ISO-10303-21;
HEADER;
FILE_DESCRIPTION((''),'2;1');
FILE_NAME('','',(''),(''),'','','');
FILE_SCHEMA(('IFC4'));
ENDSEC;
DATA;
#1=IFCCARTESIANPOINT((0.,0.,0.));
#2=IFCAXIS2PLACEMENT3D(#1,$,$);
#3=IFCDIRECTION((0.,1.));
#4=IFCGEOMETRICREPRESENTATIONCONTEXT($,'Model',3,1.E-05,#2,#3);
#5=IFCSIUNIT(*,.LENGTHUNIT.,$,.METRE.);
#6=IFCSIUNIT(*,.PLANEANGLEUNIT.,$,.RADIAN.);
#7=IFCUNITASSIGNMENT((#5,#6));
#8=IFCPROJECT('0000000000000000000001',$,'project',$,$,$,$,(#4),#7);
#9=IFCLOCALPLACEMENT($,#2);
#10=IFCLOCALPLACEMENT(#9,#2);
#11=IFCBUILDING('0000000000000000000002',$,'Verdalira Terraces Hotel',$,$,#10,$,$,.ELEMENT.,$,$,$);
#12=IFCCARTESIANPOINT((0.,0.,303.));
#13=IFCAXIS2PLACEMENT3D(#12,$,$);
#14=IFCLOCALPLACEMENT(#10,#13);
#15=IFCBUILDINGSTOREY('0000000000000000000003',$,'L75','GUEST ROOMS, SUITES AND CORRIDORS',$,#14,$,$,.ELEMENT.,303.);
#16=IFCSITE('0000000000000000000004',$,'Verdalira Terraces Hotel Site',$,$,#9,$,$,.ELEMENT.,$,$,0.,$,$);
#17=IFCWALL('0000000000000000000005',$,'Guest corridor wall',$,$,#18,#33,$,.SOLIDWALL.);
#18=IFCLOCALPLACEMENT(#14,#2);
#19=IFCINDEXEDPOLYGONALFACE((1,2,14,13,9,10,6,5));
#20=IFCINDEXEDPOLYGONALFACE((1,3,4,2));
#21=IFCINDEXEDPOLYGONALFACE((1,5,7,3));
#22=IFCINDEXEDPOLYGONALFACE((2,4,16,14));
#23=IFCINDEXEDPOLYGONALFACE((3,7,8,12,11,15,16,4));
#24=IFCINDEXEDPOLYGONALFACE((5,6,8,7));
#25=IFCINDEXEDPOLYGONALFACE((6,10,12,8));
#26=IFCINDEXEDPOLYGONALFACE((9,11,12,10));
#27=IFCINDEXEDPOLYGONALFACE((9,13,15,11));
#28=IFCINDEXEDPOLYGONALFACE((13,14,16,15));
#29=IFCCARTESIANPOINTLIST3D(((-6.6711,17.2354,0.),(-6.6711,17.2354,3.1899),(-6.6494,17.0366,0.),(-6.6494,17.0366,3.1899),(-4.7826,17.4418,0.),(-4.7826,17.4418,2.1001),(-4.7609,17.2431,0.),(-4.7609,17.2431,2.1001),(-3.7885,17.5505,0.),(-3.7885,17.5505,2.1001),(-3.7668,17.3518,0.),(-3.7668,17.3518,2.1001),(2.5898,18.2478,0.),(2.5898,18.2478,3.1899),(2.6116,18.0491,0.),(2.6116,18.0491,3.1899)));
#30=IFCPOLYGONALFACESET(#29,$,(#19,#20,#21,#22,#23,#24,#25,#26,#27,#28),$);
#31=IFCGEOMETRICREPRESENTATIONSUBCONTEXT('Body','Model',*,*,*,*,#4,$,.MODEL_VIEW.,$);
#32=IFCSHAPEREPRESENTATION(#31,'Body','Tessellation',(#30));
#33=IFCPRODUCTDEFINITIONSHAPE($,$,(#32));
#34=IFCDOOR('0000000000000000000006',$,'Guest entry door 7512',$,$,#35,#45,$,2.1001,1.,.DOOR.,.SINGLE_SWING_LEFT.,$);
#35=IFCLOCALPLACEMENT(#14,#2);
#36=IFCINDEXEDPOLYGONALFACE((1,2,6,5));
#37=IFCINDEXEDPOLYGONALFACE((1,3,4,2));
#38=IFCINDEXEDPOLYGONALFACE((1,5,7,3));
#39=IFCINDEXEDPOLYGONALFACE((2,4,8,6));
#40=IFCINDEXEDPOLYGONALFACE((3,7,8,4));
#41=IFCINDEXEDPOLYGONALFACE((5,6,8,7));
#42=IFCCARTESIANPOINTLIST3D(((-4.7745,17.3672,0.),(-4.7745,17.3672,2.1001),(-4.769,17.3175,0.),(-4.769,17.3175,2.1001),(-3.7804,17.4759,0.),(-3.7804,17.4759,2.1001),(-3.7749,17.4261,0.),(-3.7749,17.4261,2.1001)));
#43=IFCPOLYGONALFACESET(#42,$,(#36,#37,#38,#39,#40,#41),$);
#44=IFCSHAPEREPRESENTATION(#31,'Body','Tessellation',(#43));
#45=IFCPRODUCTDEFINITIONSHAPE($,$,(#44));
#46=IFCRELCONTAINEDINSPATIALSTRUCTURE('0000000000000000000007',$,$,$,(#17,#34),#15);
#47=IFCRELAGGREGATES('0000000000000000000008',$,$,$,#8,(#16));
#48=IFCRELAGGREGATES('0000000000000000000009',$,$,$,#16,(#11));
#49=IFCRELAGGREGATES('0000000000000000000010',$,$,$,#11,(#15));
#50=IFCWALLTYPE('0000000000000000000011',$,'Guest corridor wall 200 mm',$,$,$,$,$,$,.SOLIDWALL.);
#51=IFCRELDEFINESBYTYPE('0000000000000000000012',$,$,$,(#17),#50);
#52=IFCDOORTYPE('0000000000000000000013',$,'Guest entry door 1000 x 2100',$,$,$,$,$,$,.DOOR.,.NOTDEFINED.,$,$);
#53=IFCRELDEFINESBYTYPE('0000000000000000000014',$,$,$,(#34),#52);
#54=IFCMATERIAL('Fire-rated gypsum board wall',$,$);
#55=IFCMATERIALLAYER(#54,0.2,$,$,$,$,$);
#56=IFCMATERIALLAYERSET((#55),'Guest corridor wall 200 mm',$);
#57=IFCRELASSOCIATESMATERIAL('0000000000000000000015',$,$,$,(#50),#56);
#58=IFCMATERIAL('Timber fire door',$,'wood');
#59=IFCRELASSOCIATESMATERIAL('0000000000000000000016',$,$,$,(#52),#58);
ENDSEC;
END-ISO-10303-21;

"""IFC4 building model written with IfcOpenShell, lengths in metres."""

from ifc_helpers import new_model, si_unit, direction, frame, frame_2d, origin, place, context, subcontext, project, spatial, rectangle, extrude, material, layer, layer_set, type_object, element, fill, save


model = new_model("IFC4")

# Units and contexts
model_context = context("Model", 3, precision=1e-05, world=origin(), true_north=direction((0.0, 1.0)))
body_context = subcontext(model_context, "Body", "Model", "MODEL_VIEW")
ifc_project = project(units=[si_unit("LENGTHUNIT", "METRE"), si_unit("PLANEANGLEUNIT", "RADIAN")], contexts=[model_context])

# Site, building, storey
site_placement = place(None, origin())
site = spatial("IfcSite", under=ifc_project, at=site_placement, Name="Verdalira Terraces Hotel Site", CompositionType="ELEMENT", RefElevation=0.0)
building_placement = place(site_placement, origin())
building = spatial("IfcBuilding", under=site, at=building_placement, Name="Verdalira Terraces Hotel", CompositionType="ELEMENT")
storey_placement = place(building_placement, frame((0.0, 0.0, 303.0)))
storey = spatial("IfcBuildingStorey", under=building, at=storey_placement, Name="L75", Description="GUEST ROOMS, SUITES AND CORRIDORS", CompositionType="ELEMENT", Elevation=303.0)

# Wall, opening, door
ifc_material_1 = material(Name="Fire-rated gypsum board wall")
ifc_layer_1 = layer(ifc_material_1, 0.2)
ifc_layer_set_1 = layer_set([ifc_layer_1], Name="Guest corridor wall 200 mm")
wall_type_1 = type_object("IfcWallType", Name="Guest corridor wall 200 mm", PredefinedType="SOLIDWALL", material=ifc_layer_set_1)
wall_1_placement = place(storey_placement, frame((-6.6604, 17.136, 0.0), z_axis=(0.0, 0.0, 1.0), x_axis=(0.994077, 0.108677, 0.0)))
wall_1 = element("IfcWall", 1, at=wall_1_placement, inside=storey, type_object=wall_type_1, Name="Guest corridor wall", PredefinedType="SOLIDWALL", context=body_context, shape_type="SweptSolid", body=[
    extrude(rectangle(XDim=9.3162, YDim=0.2, at=frame_2d((4.6582, 0.0))), origin(), (0.0, 0.0, 1.0), 3.1899),
])
opening_1_placement = place(wall_1_placement, frame((1.8999, 0.0, 0.0)))
opening_1 = element("IfcOpeningElement", 2, at=opening_1_placement, cuts=wall_1, PredefinedType="OPENING", context=body_context, shape_type="SweptSolid", body=[
    extrude(rectangle(XDim=1.0, YDim=2.1001, at=frame_2d((0.5, 1.05))), frame((0.0, 0.1099, 0.0), z_axis=(0.0, -1.0, 0.0), x_axis=(1.0, 0.0, 0.0)), (0.0, 0.0, 1.0), 0.22),
])
ifc_material_2 = material(Name="Timber fire door", Category="wood")
door_type_1 = type_object("IfcDoorType", Name="Guest entry door 1000 x 2100", OperationType="NOTDEFINED", PredefinedType="DOOR", material=ifc_material_2)
door_1_placement = place(opening_1_placement, origin())
door_1 = element("IfcDoor", 3, at=door_1_placement, inside=storey, type_object=door_type_1, Name="Guest entry door 7512", OperationType="SINGLE_SWING_LEFT", OverallHeight=2.1001, OverallWidth=1.0, PredefinedType="DOOR", context=body_context, shape_type="SweptSolid", body=[
    extrude(rectangle(XDim=1.0, YDim=2.1001, at=frame_2d((0.5, 1.05))), frame((0.0, 0.0249, 0.0), z_axis=(0.0, -1.0, 0.0), x_axis=(1.0, 0.0, 0.0)), (0.0, 0.0, 1.0), 0.05),
])
fill(opening_1, door_1)

save(model, "model.ifc")
